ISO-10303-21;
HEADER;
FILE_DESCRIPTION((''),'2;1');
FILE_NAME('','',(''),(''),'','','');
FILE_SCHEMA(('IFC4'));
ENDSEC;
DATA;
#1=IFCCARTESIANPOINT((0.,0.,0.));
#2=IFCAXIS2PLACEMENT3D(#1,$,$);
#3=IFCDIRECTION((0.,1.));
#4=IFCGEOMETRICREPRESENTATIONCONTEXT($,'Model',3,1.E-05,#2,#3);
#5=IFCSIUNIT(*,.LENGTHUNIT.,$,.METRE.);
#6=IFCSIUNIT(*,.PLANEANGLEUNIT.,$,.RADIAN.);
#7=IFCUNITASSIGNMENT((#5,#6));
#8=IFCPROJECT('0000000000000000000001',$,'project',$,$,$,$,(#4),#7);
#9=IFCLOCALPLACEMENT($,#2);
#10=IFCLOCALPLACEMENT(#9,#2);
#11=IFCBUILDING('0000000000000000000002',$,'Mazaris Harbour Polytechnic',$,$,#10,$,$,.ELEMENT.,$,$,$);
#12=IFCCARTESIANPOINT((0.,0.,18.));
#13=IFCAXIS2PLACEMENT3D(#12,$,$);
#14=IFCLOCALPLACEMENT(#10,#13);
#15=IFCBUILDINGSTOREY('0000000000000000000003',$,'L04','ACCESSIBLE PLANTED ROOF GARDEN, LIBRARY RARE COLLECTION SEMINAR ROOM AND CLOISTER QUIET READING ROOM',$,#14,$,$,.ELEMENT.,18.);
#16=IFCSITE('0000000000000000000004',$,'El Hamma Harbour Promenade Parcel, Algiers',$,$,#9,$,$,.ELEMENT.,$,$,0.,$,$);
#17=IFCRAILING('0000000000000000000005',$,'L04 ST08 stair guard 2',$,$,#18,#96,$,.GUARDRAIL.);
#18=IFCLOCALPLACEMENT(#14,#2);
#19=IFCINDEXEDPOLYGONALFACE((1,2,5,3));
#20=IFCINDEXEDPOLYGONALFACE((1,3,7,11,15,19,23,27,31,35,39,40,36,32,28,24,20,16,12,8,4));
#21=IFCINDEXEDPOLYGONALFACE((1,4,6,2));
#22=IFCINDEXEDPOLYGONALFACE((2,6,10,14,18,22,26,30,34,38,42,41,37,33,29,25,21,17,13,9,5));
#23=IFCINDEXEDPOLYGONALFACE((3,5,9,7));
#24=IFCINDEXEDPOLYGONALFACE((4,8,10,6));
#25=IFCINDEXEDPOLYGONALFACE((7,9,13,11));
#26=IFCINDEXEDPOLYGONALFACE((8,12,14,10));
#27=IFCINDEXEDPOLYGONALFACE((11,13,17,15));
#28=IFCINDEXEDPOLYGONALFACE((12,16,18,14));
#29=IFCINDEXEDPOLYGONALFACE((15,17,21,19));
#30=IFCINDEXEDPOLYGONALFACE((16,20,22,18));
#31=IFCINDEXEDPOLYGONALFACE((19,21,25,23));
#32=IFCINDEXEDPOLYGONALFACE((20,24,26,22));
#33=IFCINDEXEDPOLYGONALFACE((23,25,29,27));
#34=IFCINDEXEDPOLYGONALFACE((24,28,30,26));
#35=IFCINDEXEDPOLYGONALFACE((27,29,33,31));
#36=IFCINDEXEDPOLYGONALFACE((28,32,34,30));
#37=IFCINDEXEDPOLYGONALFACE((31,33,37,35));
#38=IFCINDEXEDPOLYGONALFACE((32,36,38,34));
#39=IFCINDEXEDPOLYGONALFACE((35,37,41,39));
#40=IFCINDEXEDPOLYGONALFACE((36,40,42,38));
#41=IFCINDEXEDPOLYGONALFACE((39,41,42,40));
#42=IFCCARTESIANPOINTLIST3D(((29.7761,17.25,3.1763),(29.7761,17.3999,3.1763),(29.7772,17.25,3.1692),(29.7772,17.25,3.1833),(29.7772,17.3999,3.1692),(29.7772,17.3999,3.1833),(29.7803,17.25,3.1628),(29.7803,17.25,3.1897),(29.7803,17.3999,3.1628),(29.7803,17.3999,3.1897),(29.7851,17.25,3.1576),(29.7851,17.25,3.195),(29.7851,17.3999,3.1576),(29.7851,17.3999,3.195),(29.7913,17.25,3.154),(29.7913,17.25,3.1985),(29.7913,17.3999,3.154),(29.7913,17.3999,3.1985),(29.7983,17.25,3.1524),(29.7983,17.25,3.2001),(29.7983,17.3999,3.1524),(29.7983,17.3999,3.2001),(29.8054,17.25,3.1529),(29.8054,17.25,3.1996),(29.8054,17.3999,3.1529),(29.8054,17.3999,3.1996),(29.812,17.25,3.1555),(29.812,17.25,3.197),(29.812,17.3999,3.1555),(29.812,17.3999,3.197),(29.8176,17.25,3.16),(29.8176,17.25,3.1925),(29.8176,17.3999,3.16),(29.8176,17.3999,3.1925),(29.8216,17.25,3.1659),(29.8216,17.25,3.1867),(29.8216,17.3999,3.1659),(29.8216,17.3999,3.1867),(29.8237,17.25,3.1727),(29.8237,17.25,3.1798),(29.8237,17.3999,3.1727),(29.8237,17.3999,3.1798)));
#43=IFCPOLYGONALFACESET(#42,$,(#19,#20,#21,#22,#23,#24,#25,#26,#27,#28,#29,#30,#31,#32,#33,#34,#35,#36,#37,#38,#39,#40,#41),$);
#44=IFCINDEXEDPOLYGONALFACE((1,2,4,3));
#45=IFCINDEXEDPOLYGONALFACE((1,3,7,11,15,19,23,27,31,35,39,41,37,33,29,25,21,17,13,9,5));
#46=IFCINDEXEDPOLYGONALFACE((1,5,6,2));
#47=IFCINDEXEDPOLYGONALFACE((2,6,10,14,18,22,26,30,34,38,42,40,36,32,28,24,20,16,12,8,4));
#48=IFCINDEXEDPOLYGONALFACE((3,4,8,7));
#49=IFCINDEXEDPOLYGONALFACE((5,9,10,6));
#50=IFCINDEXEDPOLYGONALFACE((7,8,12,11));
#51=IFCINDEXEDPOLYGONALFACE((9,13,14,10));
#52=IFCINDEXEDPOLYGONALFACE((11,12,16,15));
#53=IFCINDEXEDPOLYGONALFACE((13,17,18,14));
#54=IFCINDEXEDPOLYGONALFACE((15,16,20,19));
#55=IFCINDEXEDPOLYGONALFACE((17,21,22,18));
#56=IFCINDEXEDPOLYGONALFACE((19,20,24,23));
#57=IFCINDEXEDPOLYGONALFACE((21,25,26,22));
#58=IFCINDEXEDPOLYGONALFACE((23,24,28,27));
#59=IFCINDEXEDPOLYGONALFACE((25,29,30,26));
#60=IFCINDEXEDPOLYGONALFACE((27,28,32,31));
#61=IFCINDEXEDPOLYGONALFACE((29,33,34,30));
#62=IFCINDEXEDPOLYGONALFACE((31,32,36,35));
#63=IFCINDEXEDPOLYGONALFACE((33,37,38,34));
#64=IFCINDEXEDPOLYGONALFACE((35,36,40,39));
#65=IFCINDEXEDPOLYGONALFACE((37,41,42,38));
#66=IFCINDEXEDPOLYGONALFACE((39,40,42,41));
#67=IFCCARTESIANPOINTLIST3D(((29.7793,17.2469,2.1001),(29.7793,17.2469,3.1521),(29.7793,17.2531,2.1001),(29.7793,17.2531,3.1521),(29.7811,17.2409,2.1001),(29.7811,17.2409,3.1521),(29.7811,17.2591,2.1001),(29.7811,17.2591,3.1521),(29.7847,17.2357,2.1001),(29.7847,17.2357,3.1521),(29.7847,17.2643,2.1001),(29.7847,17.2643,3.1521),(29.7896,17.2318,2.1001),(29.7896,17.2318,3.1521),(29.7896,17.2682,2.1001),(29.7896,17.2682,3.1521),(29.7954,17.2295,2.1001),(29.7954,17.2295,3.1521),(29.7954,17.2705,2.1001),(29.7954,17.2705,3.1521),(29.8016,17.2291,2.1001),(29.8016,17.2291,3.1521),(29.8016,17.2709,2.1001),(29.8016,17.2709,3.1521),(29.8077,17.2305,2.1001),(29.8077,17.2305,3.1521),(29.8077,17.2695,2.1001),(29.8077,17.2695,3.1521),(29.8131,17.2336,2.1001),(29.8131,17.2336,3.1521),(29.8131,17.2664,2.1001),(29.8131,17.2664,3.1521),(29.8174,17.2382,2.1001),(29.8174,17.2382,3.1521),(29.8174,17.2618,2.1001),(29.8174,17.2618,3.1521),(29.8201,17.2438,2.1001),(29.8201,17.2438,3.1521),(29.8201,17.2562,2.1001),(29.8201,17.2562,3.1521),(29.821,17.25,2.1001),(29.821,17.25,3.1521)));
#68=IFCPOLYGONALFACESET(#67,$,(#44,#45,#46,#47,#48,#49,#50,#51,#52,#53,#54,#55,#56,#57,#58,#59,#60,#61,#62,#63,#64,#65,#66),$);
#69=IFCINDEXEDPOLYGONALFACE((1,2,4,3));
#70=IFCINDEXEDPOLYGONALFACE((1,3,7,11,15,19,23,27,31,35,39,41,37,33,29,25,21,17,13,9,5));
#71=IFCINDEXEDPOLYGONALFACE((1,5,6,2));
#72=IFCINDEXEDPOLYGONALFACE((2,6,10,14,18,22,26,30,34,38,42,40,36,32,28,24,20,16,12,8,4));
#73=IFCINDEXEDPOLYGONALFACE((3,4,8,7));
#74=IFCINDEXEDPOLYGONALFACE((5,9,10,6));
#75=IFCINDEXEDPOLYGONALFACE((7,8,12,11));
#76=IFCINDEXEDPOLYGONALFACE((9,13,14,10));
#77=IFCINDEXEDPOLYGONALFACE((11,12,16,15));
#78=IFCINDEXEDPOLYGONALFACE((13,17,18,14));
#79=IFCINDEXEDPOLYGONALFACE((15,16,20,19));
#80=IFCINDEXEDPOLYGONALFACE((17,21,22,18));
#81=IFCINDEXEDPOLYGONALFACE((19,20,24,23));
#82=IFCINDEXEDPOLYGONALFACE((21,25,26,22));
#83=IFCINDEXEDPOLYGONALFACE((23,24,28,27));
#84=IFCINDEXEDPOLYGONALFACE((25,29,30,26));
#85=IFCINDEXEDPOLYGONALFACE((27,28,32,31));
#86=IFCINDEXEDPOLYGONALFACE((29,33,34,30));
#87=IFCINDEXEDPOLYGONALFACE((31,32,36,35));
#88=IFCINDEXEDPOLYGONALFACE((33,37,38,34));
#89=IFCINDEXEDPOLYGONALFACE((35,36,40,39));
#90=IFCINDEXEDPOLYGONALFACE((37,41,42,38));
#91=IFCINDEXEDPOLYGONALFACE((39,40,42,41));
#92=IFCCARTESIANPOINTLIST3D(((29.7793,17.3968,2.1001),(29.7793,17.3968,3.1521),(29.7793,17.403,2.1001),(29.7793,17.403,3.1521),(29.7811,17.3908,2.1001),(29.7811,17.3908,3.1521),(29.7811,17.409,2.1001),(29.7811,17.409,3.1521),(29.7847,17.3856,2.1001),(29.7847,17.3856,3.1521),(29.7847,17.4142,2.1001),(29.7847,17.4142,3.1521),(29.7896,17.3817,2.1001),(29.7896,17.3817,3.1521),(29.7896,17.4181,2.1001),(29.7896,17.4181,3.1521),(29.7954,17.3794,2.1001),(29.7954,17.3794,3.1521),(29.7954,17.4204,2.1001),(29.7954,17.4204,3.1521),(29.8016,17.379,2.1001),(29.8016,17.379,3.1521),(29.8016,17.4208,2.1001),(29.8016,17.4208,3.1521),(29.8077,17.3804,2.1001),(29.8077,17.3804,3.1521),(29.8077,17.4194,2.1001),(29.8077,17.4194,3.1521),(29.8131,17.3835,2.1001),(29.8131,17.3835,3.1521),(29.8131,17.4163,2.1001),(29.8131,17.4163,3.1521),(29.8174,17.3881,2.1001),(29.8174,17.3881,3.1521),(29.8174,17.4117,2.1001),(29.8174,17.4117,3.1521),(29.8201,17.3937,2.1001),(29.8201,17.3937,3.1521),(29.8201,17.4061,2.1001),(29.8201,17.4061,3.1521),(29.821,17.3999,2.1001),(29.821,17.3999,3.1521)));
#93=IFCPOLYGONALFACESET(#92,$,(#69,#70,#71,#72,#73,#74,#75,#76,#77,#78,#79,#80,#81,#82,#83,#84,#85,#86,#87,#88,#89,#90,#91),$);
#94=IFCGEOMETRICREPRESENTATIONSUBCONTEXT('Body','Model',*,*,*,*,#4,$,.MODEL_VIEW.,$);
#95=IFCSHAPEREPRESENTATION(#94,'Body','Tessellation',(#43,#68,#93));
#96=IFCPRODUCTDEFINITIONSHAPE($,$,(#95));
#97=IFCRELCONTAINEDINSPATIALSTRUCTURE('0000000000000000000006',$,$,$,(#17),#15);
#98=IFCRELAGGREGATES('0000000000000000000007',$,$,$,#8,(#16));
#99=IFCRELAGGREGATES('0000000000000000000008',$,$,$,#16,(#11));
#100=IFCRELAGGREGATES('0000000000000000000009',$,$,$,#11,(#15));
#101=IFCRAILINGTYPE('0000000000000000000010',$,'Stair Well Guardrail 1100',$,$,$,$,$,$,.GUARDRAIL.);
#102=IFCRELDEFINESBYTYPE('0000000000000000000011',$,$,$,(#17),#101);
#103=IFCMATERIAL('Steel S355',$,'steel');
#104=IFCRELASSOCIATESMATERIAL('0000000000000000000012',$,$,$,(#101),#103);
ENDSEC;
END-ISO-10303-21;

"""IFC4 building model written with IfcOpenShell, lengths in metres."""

from ifc_helpers import new_model, si_unit, direction, frame, origin, origin_2d, place, context, subcontext, project, spatial, circle, extrude, material, type_object, element, save


model = new_model("IFC4")

# Units and contexts
model_context = context("Model", 3, precision=1e-05, world=origin(), true_north=direction((0.0, 1.0)))
body_context = subcontext(model_context, "Body", "Model", "MODEL_VIEW")
ifc_project = project(units=[si_unit("LENGTHUNIT", "METRE"), si_unit("PLANEANGLEUNIT", "RADIAN")], contexts=[model_context])

# Site, building, storey
site_placement = place(None, origin())
site = spatial("IfcSite", under=ifc_project, at=site_placement, Name="El Hamma Harbour Promenade Parcel, Algiers", CompositionType="ELEMENT", RefElevation=0.0)
building_placement = place(site_placement, origin())
building = spatial("IfcBuilding", under=site, at=building_placement, Name="Mazaris Harbour Polytechnic", CompositionType="ELEMENT")
storey_placement = place(building_placement, frame((0.0, 0.0, 18.0)))
storey = spatial("IfcBuildingStorey", under=building, at=storey_placement, Name="L04", Description="ACCESSIBLE PLANTED ROOF GARDEN, LIBRARY RARE COLLECTION SEMINAR ROOM AND CLOISTER QUIET READING ROOM", CompositionType="ELEMENT", Elevation=18.0)

# Railing
ifc_material_1 = material(Name="Steel S355", Category="steel")
railing_type_1 = type_object("IfcRailingType", Name="Stair Well Guardrail 1100", PredefinedType="GUARDRAIL", material=ifc_material_1)
railing_1_placement = place(storey_placement, frame((29.8, 17.25, 2.1001)))
element("IfcRailing", 1, at=railing_1_placement, inside=storey, type_object=railing_type_1, Name="L04 ST08 stair guard 2", PredefinedType="GUARDRAIL", context=body_context, shape_type="SweptSolid", body=[
    extrude(circle(Radius=0.0239, at=origin_2d()), frame((0.0, 0.0, 1.0762), z_axis=(0.0, 1.0, 0.0), x_axis=(-1.0, 0.0, 0.0)), (0.0, 0.0, 1.0), 0.1499),
    extrude(circle(Radius=0.021, at=origin_2d()), origin(), (0.0, 0.0, 1.0), 1.052),
    extrude(circle(Radius=0.021, at=origin_2d()), frame((0.0, 0.1499, 0.0)), (0.0, 0.0, 1.0), 1.052),
])

save(model, "model.ifc")
